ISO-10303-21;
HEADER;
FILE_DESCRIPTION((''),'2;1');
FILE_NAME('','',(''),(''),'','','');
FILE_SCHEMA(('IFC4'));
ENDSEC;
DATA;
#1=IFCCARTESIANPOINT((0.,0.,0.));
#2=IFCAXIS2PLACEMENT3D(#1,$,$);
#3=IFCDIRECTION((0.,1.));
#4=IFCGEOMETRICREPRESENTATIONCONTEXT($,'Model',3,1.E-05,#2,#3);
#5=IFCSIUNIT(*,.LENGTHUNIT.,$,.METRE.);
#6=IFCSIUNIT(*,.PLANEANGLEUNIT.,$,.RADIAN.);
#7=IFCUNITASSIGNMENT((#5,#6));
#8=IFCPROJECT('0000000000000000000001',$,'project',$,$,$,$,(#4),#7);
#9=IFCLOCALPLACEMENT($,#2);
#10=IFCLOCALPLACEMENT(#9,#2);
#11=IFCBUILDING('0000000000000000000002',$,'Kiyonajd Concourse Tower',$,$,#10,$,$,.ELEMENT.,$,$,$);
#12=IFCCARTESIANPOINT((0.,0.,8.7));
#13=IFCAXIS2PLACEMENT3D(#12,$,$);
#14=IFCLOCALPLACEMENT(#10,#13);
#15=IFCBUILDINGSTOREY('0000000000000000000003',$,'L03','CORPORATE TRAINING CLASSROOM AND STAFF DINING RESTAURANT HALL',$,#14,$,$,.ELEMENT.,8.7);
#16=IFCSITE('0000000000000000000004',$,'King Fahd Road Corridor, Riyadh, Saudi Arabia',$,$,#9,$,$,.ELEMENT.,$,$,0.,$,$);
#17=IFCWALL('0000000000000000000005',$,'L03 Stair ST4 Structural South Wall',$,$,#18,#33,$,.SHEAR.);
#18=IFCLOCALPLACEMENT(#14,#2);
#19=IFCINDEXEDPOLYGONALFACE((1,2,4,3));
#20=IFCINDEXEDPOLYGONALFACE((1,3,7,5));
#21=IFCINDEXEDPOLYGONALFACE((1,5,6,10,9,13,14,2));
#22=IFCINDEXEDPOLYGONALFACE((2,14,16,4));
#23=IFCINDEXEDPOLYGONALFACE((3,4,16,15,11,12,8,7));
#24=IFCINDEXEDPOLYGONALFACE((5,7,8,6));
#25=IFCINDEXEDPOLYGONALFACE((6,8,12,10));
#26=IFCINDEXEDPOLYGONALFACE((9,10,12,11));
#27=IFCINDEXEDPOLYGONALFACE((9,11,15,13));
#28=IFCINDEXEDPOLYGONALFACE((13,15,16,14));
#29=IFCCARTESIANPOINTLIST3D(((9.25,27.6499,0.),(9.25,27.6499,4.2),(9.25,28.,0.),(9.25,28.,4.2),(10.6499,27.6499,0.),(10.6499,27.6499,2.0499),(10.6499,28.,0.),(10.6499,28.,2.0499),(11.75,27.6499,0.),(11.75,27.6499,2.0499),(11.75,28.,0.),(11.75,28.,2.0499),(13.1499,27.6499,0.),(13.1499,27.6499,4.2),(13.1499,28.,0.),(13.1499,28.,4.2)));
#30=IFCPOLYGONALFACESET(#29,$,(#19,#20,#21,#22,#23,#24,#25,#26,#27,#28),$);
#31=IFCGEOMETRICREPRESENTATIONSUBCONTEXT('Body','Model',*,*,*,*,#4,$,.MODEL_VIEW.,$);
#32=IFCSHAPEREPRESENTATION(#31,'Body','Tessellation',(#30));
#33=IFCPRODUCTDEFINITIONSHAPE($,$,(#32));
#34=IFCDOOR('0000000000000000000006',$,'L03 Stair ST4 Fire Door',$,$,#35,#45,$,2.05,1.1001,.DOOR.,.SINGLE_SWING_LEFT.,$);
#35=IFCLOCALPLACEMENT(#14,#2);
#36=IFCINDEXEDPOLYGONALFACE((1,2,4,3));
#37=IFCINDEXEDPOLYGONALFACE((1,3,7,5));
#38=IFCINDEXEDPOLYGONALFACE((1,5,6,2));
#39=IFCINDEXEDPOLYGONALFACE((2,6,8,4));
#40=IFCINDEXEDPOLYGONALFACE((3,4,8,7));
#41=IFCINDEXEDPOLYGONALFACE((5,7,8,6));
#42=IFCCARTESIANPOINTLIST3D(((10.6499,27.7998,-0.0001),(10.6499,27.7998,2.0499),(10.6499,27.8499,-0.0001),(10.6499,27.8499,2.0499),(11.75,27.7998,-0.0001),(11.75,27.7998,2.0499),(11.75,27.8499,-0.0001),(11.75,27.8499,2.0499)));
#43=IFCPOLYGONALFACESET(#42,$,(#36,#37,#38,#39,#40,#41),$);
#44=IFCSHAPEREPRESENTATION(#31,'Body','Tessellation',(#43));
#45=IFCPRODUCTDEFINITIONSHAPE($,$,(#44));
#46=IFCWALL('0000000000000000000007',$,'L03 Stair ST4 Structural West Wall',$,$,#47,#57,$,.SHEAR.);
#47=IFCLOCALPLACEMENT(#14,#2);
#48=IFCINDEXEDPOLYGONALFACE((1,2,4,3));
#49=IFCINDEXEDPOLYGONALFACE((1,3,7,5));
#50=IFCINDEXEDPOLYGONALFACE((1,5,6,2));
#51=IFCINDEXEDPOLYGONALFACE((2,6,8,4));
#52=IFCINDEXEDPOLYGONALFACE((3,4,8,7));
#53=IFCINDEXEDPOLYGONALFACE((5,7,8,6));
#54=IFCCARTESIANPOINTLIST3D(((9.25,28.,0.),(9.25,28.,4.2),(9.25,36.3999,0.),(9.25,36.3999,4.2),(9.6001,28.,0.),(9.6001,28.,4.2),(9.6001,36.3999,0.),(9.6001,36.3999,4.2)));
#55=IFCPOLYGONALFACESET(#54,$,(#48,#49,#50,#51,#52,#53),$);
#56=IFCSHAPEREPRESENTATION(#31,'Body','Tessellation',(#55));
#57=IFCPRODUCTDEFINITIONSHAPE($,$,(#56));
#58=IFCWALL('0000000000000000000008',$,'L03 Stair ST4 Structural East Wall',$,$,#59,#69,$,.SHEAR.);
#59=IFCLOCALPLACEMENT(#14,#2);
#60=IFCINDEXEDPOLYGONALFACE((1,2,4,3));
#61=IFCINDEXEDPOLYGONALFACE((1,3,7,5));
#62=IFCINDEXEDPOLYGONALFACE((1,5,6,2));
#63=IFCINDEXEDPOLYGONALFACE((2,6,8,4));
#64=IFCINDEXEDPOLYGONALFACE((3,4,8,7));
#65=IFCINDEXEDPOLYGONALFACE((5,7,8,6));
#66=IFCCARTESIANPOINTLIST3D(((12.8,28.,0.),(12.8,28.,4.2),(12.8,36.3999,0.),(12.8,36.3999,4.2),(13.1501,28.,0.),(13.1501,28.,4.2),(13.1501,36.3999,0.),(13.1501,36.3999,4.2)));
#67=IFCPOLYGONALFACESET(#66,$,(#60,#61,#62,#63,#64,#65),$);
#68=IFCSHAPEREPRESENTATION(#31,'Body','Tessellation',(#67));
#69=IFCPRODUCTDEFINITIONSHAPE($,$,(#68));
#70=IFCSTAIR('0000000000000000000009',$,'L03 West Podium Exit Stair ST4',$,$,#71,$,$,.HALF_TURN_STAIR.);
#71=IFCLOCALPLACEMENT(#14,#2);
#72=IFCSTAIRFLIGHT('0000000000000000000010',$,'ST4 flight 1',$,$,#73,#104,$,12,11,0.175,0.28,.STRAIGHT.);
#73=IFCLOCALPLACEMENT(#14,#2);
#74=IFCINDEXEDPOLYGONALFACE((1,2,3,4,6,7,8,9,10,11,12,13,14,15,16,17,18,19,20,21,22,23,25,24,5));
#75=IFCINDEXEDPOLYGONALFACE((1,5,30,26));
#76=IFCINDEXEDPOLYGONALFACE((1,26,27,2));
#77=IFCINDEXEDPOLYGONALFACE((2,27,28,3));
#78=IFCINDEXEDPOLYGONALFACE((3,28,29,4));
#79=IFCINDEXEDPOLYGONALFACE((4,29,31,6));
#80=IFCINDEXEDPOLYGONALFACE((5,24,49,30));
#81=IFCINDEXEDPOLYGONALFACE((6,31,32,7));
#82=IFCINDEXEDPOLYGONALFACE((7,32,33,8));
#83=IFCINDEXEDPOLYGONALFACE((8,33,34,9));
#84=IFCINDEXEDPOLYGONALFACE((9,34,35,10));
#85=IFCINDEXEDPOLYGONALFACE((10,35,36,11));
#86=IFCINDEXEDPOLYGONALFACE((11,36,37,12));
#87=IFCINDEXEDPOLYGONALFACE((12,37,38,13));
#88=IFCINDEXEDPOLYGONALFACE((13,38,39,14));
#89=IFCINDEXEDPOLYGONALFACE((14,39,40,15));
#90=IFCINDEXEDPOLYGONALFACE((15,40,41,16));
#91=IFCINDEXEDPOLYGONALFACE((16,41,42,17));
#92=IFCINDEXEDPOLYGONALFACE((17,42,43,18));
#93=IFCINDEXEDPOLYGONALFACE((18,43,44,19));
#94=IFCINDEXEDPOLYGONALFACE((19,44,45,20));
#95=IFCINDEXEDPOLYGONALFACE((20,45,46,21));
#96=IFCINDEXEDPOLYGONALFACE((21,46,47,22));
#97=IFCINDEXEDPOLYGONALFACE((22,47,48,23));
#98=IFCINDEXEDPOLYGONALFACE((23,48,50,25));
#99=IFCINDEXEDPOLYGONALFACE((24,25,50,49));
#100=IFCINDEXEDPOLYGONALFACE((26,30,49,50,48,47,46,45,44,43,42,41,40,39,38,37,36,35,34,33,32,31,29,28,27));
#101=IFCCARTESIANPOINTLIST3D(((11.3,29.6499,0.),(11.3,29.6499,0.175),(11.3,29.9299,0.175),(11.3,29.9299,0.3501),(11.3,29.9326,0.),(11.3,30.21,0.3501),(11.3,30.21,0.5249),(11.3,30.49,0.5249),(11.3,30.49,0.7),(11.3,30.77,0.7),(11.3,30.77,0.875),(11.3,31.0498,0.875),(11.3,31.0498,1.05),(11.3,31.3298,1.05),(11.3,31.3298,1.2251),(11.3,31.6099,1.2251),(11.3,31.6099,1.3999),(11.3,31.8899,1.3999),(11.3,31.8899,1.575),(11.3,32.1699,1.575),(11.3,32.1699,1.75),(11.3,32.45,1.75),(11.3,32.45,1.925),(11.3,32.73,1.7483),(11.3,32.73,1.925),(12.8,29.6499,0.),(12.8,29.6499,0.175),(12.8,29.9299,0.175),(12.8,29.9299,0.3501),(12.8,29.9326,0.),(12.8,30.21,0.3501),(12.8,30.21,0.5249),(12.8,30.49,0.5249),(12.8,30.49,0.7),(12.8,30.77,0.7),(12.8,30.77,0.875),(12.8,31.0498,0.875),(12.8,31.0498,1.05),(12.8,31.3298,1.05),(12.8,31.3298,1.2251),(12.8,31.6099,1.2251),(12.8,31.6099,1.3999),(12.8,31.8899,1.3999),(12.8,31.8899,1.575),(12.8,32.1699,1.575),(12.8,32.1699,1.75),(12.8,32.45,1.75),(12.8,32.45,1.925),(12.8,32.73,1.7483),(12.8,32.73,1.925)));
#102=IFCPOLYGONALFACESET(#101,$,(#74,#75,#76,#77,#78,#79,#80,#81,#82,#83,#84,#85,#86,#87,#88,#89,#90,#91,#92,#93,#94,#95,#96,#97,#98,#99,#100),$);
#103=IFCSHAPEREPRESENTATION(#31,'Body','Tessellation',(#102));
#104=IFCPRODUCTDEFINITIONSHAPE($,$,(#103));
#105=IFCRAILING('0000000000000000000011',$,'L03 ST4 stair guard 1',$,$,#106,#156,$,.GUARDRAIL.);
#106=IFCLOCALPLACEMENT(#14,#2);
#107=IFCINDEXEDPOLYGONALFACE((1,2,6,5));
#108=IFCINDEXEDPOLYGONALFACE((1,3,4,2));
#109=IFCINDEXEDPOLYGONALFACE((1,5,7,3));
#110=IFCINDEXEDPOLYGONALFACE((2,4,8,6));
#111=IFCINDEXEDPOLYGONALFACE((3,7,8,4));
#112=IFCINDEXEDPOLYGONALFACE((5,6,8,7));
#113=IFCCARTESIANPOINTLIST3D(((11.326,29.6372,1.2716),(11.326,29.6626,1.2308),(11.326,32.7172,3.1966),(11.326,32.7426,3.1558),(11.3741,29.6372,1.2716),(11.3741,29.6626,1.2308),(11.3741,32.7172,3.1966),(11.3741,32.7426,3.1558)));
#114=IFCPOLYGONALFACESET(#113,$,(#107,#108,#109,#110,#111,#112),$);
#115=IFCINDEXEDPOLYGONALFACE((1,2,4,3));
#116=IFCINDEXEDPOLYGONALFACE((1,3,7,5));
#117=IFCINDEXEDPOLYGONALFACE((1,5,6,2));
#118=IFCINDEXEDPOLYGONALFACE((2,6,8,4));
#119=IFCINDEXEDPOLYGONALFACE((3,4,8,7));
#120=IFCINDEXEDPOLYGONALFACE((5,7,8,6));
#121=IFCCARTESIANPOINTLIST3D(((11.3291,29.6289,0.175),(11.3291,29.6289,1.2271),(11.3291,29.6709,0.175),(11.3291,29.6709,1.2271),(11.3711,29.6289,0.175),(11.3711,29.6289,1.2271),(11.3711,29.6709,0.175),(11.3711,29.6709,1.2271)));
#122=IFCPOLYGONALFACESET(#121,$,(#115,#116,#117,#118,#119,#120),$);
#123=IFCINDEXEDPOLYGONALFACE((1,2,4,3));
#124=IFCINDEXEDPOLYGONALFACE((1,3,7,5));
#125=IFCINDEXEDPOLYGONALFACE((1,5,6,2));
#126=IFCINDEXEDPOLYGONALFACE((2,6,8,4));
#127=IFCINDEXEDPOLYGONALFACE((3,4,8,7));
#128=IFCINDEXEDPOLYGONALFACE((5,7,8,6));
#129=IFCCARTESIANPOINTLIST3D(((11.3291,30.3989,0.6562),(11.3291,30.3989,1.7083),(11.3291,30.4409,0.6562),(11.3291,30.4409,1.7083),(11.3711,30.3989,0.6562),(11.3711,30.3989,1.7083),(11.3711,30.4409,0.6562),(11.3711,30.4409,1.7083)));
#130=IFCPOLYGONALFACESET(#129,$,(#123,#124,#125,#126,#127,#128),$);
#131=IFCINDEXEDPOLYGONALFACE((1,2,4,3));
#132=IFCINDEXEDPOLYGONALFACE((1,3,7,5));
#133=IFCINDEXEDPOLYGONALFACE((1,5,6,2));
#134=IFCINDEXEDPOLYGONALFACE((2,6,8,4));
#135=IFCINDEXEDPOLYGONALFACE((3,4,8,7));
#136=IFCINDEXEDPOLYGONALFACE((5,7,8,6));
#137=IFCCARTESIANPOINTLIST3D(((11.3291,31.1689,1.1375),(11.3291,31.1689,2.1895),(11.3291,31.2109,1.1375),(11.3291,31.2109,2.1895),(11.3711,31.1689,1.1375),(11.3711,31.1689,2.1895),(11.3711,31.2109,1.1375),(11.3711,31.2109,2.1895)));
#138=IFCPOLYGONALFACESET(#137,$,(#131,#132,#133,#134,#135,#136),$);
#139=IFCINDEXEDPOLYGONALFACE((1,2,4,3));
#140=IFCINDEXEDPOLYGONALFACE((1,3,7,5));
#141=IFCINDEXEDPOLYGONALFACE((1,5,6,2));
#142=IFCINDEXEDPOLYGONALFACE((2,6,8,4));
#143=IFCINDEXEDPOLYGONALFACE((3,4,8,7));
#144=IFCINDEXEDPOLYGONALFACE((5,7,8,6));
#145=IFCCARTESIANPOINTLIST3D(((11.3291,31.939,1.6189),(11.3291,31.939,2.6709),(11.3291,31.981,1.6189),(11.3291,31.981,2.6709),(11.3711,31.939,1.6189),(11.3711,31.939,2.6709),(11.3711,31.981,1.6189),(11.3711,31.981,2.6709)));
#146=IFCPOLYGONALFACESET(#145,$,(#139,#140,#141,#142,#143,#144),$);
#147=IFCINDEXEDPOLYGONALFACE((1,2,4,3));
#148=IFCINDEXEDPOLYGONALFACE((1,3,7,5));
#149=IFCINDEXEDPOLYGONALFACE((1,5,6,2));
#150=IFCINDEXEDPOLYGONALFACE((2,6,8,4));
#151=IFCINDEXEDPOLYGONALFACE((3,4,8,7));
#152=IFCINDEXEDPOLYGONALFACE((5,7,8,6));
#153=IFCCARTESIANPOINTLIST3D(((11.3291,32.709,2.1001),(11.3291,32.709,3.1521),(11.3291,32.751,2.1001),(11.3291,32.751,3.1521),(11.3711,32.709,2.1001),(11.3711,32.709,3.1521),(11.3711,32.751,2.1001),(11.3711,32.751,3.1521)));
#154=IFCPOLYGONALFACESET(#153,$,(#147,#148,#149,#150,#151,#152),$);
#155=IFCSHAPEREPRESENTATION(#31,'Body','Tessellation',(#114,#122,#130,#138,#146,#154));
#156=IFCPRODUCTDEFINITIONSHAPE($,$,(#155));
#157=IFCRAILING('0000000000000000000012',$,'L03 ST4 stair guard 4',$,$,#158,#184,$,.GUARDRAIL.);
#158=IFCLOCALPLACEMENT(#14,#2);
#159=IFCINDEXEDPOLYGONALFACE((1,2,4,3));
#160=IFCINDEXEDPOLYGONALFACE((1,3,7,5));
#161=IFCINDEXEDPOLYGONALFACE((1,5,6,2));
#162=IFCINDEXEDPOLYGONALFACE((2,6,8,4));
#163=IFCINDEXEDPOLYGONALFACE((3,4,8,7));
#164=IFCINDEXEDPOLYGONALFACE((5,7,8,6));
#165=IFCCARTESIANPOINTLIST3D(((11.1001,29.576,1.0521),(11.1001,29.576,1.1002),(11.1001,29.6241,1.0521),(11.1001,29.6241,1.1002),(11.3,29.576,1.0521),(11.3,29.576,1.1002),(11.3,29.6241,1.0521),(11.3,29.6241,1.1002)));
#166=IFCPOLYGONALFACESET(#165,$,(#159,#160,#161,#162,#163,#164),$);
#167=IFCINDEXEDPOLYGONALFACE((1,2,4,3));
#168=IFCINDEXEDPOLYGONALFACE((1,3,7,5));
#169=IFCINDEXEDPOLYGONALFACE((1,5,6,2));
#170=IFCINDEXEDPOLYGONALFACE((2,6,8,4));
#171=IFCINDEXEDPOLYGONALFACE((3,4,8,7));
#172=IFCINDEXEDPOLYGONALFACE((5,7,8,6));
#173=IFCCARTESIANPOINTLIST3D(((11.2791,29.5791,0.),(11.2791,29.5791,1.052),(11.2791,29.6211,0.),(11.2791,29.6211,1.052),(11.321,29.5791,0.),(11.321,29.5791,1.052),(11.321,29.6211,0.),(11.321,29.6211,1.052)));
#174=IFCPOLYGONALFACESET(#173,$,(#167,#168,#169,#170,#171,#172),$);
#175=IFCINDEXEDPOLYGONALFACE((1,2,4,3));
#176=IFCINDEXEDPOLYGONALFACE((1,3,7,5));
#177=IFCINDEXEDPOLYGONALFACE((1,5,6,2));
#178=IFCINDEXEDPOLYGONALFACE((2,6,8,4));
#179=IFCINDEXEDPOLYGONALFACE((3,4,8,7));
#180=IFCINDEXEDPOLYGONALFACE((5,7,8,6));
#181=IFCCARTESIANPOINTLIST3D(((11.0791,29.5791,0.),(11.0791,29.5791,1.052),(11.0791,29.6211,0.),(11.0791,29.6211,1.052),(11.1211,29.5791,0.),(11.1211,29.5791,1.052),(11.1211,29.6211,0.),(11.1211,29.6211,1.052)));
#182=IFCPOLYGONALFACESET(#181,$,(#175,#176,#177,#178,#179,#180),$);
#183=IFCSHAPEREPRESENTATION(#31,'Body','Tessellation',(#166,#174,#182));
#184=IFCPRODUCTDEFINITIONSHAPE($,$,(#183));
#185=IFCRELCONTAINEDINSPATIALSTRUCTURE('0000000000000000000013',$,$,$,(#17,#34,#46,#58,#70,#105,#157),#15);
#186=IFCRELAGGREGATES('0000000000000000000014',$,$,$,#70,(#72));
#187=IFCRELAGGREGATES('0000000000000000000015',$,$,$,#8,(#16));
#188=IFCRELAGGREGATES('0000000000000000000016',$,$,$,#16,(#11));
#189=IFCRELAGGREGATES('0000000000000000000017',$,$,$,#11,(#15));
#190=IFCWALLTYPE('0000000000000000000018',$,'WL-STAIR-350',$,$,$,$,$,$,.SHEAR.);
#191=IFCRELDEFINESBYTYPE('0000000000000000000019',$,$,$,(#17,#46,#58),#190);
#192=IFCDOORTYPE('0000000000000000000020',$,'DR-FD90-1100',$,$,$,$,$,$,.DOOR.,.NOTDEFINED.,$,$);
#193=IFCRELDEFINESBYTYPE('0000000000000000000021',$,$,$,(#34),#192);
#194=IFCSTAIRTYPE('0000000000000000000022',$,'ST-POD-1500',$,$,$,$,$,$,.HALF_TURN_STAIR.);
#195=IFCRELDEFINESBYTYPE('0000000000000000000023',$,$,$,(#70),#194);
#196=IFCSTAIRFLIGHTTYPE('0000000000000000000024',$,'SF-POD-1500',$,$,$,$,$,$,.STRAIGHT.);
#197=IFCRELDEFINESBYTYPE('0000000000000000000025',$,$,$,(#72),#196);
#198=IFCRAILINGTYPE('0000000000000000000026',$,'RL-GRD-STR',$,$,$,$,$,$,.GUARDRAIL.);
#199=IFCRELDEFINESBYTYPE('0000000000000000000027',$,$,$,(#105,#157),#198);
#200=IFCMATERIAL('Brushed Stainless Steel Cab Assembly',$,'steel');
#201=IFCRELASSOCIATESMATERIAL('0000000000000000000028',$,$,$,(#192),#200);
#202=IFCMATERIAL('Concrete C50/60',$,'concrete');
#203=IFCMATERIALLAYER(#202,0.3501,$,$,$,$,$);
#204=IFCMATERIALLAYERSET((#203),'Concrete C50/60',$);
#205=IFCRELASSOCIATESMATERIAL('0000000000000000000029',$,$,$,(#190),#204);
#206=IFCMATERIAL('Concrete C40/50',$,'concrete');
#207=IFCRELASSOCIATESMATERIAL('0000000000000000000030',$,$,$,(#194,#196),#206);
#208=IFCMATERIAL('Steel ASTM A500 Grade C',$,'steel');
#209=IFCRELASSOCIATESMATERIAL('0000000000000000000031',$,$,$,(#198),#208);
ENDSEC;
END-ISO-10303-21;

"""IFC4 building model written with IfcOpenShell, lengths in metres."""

from ifc_helpers import new_model, si_unit, direction, frame, frame_2d, origin, origin_2d, place, context, subcontext, project, spatial, polyline, rectangle, outline, extrude, material, layer, layer_set, type_object, element, fill, aggregate, save


model = new_model("IFC4")

# Units and contexts
model_context = context("Model", 3, precision=1e-05, world=origin(), true_north=direction((0.0, 1.0)))
body_context = subcontext(model_context, "Body", "Model", "MODEL_VIEW")
ifc_project = project(units=[si_unit("LENGTHUNIT", "METRE"), si_unit("PLANEANGLEUNIT", "RADIAN")], contexts=[model_context])

# Site, building, storey
site_placement = place(None, origin())
site = spatial("IfcSite", under=ifc_project, at=site_placement, Name="King Fahd Road Corridor, Riyadh, Saudi Arabia", CompositionType="ELEMENT", RefElevation=0.0)
building_placement = place(site_placement, origin())
building = spatial("IfcBuilding", under=site, at=building_placement, Name="Kiyonajd Concourse Tower", CompositionType="ELEMENT")
storey_placement = place(building_placement, frame((0.0, 0.0, 8.7)))
storey = spatial("IfcBuildingStorey", under=building, at=storey_placement, Name="L03", Description="CORPORATE TRAINING CLASSROOM AND STAFF DINING RESTAURANT HALL", CompositionType="ELEMENT", Elevation=8.7)

# Shared definitions
ifc_material_1 = material(Name="Concrete C50/60", Category="concrete")

# Shared definitions
ifc_material_2 = material(Name="Brushed Stainless Steel Cab Assembly", Category="steel")
door_type_1 = type_object("IfcDoorType", Name="DR-FD90-1100", OperationType="NOTDEFINED", PredefinedType="DOOR", material=ifc_material_2)

# Wall, opening, door
ifc_layer_1 = layer(ifc_material_1, 0.3501)
ifc_layer_set_1 = layer_set([ifc_layer_1], Name="Concrete C50/60")
wall_type_1 = type_object("IfcWallType", Name="WL-STAIR-350", PredefinedType="SHEAR", material=ifc_layer_set_1)
wall_1_placement = place(storey_placement, frame((9.25, 27.825, 0.0), z_axis=(0.0, 0.0, 1.0), x_axis=(1.0, 0.0, 0.0)))
wall_1 = element("IfcWall", 1, at=wall_1_placement, inside=storey, type_object=wall_type_1, Name="L03 Stair ST4 Structural South Wall", PredefinedType="SHEAR", context=body_context, shape_type="SweptSolid", body=[
    extrude(rectangle(XDim=3.8999, YDim=0.3501, at=frame_2d((1.95, 0.0))), origin(), (0.0, 0.0, 1.0), 4.2),
])
opening_1_placement = place(wall_1_placement, frame((1.3999, 0.0, 0.0)))
opening_1 = element("IfcOpeningElement", 2, at=opening_1_placement, cuts=wall_1, PredefinedType="OPENING", context=body_context, shape_type="SweptSolid", body=[
    extrude(rectangle(XDim=1.1001, YDim=2.05, at=frame_2d((0.55, 1.0249))), frame((0.0, 0.1851, 0.0), z_axis=(0.0, -1.0, 0.0), x_axis=(1.0, 0.0, 0.0)), (0.0, 0.0, 1.0), 0.3701),
])
door_1_placement = place(opening_1_placement, origin())
door_1 = element("IfcDoor", 3, at=door_1_placement, inside=storey, type_object=door_type_1, Name="L03 Stair ST4 Fire Door", OperationType="SINGLE_SWING_LEFT", OverallHeight=2.05, OverallWidth=1.1001, PredefinedType="DOOR", context=body_context, shape_type="SweptSolid", body=[
    extrude(rectangle(XDim=1.1001, YDim=2.05, at=frame_2d((0.55, 1.0249))), frame((0.0, 0.0249, 0.0), z_axis=(0.0, -1.0, 0.0), x_axis=(1.0, 0.0, 0.0)), (0.0, 0.0, 1.0), 0.05),
])
fill(opening_1, door_1)

# Walls
for number, where, z_axis, x_axis, name in (
    (4, (9.425, 28.0, 0.0), (0.0, 0.0, 1.0), (0.0, 1.0, 0.0), "L03 Stair ST4 Structural West Wall"),
    (5, (12.9751, 28.0, 0.0), (0.0, 0.0, 1.0), (0.0, 1.0, 0.0), "L03 Stair ST4 Structural East Wall"),
):
    element("IfcWall", number, at=place(storey_placement, frame(where, z_axis=z_axis, x_axis=x_axis)), inside=storey, type_object=wall_type_1, Name=name, PredefinedType="SHEAR", context=body_context, shape_type="SweptSolid", body=[
        extrude(rectangle(XDim=8.3999, YDim=0.3501, at=frame_2d((4.2, 0.0))), origin(), (0.0, 0.0, 1.0), 4.2),
    ])

# Stair, stair flight
ifc_material_3 = material(Name="Concrete C40/50", Category="concrete")
stair_type = type_object("IfcStairType", Name="ST-POD-1500", PredefinedType="HALF_TURN_STAIR", material=ifc_material_3)
stair_placement = place(storey_placement, origin())
stair = element("IfcStair", 6, at=stair_placement, inside=storey, type_object=stair_type, Name="L03 West Podium Exit Stair ST4", PredefinedType="HALF_TURN_STAIR")
stair_flight_type = type_object("IfcStairFlightType", Name="SF-POD-1500", PredefinedType="STRAIGHT", material=ifc_material_3)
stair_flight_placement = place(storey_placement, frame((12.05, 29.6499, 0.0), z_axis=(0.0, 0.0, 1.0), x_axis=(0.0, 1.0, 0.0)))
stair_flight = element("IfcStairFlight", 7, at=stair_flight_placement, type_object=stair_flight_type, Name="ST4 flight 1", NumberOfRisers=12, NumberOfTreads=11, PredefinedType="STRAIGHT", RiserHeight=0.175, TreadLength=0.28, context=body_context, shape_type="SweptSolid", body=[
    extrude(outline(polyline([(0.0, 0.0), (0.0, 0.175), (0.28, 0.175), (0.28, 0.3501), (0.5601, 0.3501), (0.5601, 0.5249), (0.8401, 0.5249), (0.8401, 0.7), (1.1201, 0.7), (1.1201, 0.875), (1.3999, 0.875), (1.3999, 1.05), (1.6799, 1.05), (1.6799, 1.2251), (1.96, 1.2251), (1.96, 1.3999), (2.24, 1.3999), (2.24, 1.575), (2.52, 1.575), (2.52, 1.75), (2.8, 1.75), (2.8, 1.925), (3.0801, 1.925), (3.0801, 2.1001), (3.0801, 1.7483), (0.2827, 0.0), (0.0, 0.0)])), frame((0.0, 0.75, 0.0), z_axis=(0.0, -1.0, 0.0), x_axis=(1.0, 0.0, 0.0)), (0.0, 0.0, 1.0), 1.5),
])
aggregate(stair, [stair_flight])

# Railings
ifc_material_4 = material(Name="Steel ASTM A500 Grade C", Category="steel")
railing_type_1 = type_object("IfcRailingType", Name="RL-GRD-STR", PredefinedType="GUARDRAIL", material=ifc_material_4)
railing_1_placement = place(storey_placement, frame((11.3501, 29.6499, 0.175)))
element("IfcRailing", 8, at=railing_1_placement, inside=storey, type_object=railing_type_1, Name="L03 ST4 stair guard 1", PredefinedType="GUARDRAIL", context=body_context, shape_type="SweptSolid", body=[
    extrude(rectangle(XDim=0.0481, YDim=0.0481, at=origin_2d()), frame((0.0, 0.0, 1.0762), z_axis=(0.0, 0.847998, 0.529999), x_axis=(-1.0, 0.0, 0.0)), (0.0, 0.0, 1.0), 3.6321),
    extrude(rectangle(XDim=0.042, YDim=0.042, at=origin_2d()), origin(), (0.0, 0.0, 1.0), 1.052),
    extrude(rectangle(XDim=0.042, YDim=0.042, at=origin_2d()), frame((0.0, 0.77, 0.4812)), (0.0, 0.0, 1.0), 1.052),
    extrude(rectangle(XDim=0.042, YDim=0.042, at=origin_2d()), frame((0.0, 1.54, 0.9624)), (0.0, 0.0, 1.0), 1.052),
    extrude(rectangle(XDim=0.042, YDim=0.042, at=origin_2d()), frame((0.0, 2.3101, 1.4438)), (0.0, 0.0, 1.0), 1.052),
    extrude(rectangle(XDim=0.042, YDim=0.042, at=origin_2d()), frame((0.0, 3.0801, 1.925)), (0.0, 0.0, 1.0), 1.052),
])
railing_2_placement = place(storey_placement, frame((11.3, 29.6001, 0.0)))
element("IfcRailing", 9, at=railing_2_placement, inside=storey, type_object=railing_type_1, Name="L03 ST4 stair guard 4", PredefinedType="GUARDRAIL", context=body_context, shape_type="SweptSolid", body=[
    extrude(rectangle(XDim=0.0481, YDim=0.0481, at=origin_2d()), frame((0.0, 0.0, 1.0762), z_axis=(-1.0, 0.0, 0.0), x_axis=(0.0, -1.0, 0.0)), (0.0, 0.0, 1.0), 0.2),
    extrude(rectangle(XDim=0.042, YDim=0.042, at=origin_2d()), origin(), (0.0, 0.0, 1.0), 1.052),
    extrude(rectangle(XDim=0.042, YDim=0.042, at=origin_2d()), frame((-0.2, 0.0, 0.0)), (0.0, 0.0, 1.0), 1.052),
])

save(model, "model.ifc")
